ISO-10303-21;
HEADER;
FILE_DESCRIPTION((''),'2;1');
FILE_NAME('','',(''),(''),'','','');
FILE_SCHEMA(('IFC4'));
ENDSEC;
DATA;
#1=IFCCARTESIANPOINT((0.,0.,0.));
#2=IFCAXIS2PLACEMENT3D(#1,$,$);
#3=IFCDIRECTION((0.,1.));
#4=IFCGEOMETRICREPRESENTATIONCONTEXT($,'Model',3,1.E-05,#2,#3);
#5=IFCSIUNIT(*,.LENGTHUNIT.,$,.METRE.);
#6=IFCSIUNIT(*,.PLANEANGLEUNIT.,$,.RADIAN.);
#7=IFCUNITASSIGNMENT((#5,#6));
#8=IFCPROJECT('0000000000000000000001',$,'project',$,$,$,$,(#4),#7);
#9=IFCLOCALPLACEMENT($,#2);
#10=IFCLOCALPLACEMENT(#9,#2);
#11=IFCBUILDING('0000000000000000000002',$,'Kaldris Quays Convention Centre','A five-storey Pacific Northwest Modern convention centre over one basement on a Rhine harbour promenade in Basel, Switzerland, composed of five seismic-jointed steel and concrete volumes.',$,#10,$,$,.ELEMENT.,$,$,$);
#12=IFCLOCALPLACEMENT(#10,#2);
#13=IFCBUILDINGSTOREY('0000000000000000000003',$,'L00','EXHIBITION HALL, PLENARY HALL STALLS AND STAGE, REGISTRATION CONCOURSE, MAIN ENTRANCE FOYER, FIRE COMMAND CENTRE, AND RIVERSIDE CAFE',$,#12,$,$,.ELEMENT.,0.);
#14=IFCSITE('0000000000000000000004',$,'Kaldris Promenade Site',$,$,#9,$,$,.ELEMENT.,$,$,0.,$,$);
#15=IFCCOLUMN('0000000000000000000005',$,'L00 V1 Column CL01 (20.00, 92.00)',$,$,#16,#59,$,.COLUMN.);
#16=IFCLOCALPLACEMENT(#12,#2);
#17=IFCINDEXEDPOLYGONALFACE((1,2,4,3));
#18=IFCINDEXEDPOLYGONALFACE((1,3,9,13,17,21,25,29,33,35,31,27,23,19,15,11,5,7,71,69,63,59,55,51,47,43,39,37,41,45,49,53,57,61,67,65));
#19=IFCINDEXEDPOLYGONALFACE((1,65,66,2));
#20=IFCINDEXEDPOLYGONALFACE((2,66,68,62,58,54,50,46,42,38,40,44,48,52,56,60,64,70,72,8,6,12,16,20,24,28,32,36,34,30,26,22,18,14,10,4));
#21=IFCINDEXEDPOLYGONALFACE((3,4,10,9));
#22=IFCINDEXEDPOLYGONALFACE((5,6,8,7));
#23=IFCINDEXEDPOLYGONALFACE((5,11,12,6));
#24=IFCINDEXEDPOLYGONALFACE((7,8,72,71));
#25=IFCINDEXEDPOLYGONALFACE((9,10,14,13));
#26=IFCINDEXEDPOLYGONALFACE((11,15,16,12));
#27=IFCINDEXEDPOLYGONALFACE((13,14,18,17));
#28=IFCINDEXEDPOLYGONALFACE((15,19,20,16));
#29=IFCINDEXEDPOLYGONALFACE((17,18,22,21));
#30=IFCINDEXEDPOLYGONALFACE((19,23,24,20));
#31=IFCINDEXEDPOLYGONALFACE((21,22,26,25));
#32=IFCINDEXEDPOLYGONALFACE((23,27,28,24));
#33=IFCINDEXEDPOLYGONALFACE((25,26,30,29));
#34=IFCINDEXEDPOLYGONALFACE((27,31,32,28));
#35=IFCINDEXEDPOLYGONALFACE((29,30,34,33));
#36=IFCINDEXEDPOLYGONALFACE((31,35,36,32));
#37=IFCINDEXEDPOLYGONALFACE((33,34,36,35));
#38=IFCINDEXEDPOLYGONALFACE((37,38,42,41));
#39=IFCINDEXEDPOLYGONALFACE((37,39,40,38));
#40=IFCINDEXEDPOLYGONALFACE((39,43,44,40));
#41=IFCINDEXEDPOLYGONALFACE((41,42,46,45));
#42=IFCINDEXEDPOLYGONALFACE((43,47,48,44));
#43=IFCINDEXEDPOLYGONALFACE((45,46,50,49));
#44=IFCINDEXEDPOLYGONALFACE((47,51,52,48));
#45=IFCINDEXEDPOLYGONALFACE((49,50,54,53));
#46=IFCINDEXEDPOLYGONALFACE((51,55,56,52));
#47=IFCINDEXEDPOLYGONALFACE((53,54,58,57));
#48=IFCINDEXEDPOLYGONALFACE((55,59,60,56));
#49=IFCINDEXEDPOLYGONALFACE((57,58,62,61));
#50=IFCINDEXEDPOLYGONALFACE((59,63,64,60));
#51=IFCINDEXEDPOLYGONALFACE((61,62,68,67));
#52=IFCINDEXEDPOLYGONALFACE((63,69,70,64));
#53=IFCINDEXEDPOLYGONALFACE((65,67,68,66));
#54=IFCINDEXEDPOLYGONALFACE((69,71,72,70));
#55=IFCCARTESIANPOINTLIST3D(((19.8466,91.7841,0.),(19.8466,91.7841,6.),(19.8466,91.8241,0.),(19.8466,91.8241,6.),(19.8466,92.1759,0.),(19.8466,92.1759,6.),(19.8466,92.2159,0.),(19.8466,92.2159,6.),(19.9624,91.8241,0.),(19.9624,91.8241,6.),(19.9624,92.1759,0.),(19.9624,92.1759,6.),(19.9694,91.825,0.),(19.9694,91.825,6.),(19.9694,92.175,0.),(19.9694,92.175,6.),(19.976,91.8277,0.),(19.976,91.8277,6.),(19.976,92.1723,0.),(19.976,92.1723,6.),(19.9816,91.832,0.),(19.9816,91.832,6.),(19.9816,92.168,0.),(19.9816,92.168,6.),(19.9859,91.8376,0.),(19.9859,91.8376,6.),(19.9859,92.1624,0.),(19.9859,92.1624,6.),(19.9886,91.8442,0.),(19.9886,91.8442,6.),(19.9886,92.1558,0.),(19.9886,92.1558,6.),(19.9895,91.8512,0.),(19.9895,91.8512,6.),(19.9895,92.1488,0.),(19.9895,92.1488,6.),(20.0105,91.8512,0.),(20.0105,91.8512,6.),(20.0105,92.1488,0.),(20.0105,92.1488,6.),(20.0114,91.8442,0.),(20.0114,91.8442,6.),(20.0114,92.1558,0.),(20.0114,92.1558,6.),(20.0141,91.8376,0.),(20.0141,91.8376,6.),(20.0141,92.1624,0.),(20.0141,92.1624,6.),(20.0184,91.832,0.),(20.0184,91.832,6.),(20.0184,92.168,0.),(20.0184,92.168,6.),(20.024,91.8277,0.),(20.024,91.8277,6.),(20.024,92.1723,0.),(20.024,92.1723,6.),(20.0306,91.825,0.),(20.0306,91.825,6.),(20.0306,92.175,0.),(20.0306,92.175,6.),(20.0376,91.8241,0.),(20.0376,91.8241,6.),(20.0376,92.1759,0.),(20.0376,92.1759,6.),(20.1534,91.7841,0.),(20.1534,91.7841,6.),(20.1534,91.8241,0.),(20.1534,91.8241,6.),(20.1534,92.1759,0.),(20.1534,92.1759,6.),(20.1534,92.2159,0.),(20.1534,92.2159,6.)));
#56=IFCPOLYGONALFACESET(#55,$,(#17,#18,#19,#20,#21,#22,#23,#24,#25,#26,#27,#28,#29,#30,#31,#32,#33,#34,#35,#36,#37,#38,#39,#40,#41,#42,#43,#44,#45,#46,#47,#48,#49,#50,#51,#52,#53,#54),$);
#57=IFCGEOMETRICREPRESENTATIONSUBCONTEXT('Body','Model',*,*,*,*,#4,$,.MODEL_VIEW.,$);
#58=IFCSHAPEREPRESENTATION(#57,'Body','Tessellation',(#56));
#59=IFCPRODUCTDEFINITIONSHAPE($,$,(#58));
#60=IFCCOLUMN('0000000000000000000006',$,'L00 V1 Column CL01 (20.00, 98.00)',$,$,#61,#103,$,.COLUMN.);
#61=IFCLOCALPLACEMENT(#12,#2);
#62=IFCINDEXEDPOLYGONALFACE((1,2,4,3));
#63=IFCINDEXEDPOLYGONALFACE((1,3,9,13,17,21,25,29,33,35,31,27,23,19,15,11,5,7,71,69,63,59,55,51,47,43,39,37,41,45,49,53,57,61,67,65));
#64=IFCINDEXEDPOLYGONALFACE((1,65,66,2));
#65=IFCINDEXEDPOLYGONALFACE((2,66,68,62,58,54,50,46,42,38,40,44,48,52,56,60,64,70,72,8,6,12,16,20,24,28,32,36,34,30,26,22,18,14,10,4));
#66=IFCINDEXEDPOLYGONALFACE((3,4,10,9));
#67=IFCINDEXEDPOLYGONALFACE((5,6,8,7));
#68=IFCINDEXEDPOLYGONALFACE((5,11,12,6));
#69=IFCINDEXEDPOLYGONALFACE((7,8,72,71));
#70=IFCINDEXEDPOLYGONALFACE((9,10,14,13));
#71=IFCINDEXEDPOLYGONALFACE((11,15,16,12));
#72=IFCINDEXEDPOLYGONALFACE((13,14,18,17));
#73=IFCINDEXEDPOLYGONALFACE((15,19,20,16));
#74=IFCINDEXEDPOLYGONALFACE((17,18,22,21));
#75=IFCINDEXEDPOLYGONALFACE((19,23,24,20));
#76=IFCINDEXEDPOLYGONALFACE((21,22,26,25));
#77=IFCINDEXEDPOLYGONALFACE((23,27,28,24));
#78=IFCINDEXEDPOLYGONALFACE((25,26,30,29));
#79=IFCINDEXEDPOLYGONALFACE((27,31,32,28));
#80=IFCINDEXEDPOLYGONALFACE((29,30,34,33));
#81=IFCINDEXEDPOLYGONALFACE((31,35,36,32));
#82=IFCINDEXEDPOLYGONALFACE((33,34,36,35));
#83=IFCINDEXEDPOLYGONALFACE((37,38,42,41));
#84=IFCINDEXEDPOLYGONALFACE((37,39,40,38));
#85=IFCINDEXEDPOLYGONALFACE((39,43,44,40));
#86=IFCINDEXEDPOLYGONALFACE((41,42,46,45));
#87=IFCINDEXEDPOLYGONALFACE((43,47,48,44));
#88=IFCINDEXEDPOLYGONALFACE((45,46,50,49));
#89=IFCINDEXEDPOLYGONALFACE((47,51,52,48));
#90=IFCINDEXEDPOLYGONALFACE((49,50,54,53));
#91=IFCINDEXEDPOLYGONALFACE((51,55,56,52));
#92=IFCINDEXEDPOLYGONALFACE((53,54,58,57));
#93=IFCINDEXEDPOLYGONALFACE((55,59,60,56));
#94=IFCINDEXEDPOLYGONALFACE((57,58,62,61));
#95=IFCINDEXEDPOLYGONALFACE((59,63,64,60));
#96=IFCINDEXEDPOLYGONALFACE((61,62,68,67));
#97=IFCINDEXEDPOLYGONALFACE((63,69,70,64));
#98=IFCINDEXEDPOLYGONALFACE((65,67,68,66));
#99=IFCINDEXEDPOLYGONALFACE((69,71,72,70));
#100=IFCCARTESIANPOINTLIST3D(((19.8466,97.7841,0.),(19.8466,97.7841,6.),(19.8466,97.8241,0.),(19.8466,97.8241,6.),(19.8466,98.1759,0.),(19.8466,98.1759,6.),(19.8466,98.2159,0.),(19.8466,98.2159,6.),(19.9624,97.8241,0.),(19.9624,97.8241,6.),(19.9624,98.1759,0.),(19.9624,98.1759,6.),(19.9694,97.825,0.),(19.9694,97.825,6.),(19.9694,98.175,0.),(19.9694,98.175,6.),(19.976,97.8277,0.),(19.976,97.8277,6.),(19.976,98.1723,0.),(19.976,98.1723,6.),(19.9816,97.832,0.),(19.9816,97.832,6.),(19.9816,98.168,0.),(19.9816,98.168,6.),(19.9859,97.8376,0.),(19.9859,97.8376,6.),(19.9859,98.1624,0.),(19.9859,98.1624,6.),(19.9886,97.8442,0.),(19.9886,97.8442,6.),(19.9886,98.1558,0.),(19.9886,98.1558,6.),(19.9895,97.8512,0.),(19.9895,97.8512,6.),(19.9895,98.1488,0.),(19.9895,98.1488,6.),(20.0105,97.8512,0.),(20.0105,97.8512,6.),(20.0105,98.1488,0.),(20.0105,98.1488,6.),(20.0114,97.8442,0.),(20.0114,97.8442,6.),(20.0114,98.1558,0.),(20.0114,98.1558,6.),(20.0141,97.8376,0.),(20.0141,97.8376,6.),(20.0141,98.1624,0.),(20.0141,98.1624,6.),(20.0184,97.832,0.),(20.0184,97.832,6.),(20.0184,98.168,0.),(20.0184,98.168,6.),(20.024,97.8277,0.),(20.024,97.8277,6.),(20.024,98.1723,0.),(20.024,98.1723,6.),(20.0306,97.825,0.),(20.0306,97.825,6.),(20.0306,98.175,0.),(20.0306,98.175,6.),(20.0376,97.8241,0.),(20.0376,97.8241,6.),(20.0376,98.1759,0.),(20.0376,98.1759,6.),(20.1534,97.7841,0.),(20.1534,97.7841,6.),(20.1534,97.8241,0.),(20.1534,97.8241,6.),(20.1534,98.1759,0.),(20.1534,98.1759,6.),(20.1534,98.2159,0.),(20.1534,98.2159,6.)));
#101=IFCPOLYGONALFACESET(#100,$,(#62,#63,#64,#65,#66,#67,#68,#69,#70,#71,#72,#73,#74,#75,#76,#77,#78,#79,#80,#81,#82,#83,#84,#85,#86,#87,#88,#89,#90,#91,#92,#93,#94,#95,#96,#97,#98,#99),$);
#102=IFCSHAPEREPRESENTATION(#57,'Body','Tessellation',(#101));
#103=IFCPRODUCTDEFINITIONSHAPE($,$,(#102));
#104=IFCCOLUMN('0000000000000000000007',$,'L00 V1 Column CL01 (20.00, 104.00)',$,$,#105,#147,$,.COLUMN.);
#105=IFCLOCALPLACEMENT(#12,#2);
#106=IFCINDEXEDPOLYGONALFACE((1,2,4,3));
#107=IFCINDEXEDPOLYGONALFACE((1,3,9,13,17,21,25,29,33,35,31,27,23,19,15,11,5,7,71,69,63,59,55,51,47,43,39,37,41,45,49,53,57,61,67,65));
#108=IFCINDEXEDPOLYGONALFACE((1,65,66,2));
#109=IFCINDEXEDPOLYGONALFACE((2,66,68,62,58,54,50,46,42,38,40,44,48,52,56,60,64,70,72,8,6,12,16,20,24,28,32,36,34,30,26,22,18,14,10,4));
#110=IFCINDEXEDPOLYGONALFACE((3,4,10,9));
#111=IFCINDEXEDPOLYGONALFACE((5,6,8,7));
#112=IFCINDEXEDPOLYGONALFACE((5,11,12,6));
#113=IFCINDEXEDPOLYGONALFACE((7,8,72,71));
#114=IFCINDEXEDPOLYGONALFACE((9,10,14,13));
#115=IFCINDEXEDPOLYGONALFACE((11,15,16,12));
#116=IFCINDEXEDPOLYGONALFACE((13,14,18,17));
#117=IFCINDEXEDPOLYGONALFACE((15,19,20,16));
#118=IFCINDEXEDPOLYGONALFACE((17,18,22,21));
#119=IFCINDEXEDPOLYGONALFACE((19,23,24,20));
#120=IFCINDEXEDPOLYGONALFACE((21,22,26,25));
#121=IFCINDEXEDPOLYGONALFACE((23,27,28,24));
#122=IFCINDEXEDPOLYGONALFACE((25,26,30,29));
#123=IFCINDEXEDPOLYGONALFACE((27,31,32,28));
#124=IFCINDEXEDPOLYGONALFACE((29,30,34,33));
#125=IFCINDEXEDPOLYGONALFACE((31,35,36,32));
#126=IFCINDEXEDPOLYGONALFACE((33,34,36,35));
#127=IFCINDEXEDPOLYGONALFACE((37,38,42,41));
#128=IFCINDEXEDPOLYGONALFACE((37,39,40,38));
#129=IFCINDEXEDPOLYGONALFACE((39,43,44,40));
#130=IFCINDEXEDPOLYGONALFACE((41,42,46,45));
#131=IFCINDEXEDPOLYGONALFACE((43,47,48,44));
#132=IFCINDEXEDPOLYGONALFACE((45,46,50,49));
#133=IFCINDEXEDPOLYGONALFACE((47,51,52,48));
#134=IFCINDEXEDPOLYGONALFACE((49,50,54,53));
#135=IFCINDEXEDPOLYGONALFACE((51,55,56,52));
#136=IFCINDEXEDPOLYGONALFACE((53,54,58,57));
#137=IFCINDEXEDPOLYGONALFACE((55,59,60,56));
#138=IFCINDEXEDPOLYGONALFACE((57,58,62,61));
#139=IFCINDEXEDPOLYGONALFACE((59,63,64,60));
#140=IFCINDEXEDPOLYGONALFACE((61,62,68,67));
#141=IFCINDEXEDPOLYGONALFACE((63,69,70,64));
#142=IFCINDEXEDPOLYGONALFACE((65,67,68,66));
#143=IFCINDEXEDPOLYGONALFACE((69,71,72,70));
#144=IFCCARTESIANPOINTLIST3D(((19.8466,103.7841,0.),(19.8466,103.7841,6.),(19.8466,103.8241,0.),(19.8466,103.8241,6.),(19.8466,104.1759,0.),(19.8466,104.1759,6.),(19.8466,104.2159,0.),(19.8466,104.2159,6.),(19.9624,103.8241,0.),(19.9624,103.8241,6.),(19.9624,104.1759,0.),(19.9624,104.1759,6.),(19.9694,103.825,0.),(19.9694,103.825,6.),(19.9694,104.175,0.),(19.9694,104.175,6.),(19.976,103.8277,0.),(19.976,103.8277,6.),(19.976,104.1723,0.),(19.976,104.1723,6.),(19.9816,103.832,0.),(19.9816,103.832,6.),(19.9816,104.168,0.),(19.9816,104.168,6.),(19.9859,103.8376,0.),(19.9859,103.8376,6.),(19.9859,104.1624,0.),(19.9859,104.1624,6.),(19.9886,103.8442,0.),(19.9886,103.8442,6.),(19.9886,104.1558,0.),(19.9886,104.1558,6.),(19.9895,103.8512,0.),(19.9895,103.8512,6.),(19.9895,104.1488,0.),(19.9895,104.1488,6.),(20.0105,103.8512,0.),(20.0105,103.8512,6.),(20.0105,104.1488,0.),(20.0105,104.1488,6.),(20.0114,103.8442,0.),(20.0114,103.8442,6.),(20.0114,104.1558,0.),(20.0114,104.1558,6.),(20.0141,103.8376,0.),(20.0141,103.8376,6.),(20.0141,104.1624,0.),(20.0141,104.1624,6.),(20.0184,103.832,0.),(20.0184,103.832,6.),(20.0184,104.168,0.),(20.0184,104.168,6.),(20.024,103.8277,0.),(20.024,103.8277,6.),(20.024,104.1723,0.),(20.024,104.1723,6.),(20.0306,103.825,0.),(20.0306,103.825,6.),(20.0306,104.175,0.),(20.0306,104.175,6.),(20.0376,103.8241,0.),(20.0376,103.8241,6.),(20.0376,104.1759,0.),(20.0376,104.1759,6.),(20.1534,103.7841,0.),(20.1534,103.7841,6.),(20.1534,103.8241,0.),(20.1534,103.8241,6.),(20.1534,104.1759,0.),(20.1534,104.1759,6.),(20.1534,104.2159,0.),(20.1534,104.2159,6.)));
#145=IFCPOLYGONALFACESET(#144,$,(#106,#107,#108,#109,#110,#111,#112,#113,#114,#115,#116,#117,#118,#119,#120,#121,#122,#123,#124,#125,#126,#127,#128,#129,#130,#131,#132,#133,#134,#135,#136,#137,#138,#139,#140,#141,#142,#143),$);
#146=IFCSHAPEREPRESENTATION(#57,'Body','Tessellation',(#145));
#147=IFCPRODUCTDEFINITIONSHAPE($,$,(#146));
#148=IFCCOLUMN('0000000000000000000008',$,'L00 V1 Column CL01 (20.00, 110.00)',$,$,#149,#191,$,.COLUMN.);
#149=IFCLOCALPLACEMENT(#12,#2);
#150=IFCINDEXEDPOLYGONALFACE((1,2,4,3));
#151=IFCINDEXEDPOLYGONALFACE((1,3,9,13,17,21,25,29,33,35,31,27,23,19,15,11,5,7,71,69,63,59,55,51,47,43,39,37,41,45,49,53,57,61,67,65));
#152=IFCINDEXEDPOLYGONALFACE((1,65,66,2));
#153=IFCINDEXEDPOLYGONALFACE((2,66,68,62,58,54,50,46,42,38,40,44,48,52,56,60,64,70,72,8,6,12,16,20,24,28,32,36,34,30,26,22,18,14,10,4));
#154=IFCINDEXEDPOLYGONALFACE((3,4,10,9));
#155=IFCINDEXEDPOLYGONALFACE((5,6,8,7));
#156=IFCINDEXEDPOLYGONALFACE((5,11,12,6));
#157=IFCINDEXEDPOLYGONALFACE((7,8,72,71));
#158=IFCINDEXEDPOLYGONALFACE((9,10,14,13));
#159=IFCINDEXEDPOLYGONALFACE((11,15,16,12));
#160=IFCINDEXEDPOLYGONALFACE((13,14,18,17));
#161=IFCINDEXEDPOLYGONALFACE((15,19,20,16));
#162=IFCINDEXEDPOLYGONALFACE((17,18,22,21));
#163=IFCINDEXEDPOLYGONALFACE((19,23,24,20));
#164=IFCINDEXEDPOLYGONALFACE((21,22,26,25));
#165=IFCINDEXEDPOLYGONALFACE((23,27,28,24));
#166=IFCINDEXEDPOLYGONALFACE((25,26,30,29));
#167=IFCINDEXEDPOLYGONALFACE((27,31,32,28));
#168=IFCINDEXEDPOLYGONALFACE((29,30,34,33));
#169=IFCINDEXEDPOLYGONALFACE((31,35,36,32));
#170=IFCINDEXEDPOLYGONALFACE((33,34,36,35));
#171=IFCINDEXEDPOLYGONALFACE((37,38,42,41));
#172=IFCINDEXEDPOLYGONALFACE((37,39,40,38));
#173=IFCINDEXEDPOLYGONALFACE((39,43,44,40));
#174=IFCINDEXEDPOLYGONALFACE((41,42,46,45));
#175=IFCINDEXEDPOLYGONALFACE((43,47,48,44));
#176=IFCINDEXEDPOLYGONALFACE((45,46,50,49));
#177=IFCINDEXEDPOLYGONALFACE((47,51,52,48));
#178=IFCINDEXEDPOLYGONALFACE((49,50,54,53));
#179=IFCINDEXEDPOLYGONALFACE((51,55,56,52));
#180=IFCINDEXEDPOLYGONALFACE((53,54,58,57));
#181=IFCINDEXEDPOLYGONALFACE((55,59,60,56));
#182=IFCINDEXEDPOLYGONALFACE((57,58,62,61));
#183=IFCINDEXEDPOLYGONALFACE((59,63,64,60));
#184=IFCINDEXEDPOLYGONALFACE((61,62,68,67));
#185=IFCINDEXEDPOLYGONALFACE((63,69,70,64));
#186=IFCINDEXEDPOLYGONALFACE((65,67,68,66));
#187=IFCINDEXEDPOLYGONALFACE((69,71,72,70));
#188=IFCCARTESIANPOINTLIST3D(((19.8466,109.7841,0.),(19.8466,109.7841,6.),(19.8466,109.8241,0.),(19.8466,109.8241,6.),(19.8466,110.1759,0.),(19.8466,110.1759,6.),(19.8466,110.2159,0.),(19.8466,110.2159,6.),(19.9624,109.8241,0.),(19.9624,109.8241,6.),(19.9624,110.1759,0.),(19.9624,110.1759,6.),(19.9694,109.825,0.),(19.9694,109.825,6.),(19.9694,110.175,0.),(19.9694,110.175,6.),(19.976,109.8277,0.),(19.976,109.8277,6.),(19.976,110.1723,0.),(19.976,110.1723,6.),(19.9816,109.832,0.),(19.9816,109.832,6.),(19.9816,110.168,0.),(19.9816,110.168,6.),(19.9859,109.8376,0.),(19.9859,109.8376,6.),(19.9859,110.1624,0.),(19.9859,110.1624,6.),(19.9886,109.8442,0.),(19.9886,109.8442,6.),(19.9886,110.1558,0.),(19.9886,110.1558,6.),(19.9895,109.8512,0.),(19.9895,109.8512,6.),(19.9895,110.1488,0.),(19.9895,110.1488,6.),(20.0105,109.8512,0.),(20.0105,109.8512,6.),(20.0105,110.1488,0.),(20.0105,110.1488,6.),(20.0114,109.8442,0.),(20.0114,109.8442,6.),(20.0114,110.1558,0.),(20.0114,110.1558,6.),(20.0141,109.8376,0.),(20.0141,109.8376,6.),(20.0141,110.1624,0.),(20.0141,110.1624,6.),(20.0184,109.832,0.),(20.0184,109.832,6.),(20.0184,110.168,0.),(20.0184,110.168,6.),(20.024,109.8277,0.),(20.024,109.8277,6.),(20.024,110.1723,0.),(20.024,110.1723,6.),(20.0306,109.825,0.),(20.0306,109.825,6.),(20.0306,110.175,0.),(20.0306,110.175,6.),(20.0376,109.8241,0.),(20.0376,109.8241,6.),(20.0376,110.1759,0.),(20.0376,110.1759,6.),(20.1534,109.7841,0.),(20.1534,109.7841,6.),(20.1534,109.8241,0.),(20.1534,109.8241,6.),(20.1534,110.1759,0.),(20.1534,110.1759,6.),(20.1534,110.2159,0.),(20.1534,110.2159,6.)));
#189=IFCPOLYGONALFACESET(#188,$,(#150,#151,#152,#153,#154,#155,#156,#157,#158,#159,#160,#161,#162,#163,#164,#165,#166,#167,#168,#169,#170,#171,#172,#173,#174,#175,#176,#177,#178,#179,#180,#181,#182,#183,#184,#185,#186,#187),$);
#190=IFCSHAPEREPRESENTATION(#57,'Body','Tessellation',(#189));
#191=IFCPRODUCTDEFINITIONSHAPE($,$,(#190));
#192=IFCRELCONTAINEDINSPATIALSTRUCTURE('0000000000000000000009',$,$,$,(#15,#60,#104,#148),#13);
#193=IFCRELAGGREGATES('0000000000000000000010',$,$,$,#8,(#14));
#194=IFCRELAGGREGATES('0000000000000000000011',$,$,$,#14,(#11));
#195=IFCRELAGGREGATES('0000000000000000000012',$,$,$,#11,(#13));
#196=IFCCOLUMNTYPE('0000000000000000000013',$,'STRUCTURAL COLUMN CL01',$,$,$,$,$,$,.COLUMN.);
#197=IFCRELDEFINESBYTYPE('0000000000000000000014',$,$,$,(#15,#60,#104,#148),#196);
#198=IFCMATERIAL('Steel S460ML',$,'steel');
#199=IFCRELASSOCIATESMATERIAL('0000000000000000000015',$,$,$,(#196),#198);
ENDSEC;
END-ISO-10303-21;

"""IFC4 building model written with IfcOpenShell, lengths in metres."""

from ifc_helpers import new_model, si_unit, direction, frame, origin, origin_2d, place, context, subcontext, project, spatial, i_section, extrude, material, material_profile, profile_set, type_object, element, save


model = new_model("IFC4")

# Units and contexts
model_context = context("Model", 3, precision=1e-05, world=origin(), true_north=direction((0.0, 1.0)))
body_context = subcontext(model_context, "Body", "Model", "MODEL_VIEW")
ifc_project = project(units=[si_unit("LENGTHUNIT", "METRE"), si_unit("PLANEANGLEUNIT", "RADIAN")], contexts=[model_context])

# Site, building, storey
site_placement = place(None, origin())
site = spatial("IfcSite", under=ifc_project, at=site_placement, Name="Kaldris Promenade Site", CompositionType="ELEMENT", RefElevation=0.0)
building_placement = place(site_placement, origin())
building = spatial("IfcBuilding", under=site, at=building_placement, Name="Kaldris Quays Convention Centre", Description="A five-storey Pacific Northwest Modern convention centre over one basement on a Rhine harbour promenade in Basel, Switzerland, composed of five seismic-jointed steel and concrete volumes.", CompositionType="ELEMENT")
storey_placement = place(building_placement, origin())
storey = spatial("IfcBuildingStorey", under=building, at=storey_placement, Name="L00", Description="EXHIBITION HALL, PLENARY HALL STALLS AND STAGE, REGISTRATION CONCOURSE, MAIN ENTRANCE FOYER, FIRE COMMAND CENTRE, AND RIVERSIDE CAFE", CompositionType="ELEMENT", Elevation=0.0)

# Columns
ifc_material_1 = material(Name="Steel S460ML", Category="steel")
ifc_material_profile_1 = material_profile(ifc_material_1, i_section(OverallWidth=0.3069, OverallDepth=0.4319, WebThickness=0.021, FlangeThickness=0.04, FilletRadius=0.0271, at=origin_2d()), Name="HEM 400")
ifc_profile_set_1 = profile_set([ifc_material_profile_1], Name="Steel S460ML")
column_type_1 = type_object("IfcColumnType", Name="STRUCTURAL COLUMN CL01", PredefinedType="COLUMN", material=ifc_profile_set_1)
for number, where, z_axis, x_axis, name in (
    (1, (20.0, 92.0, 0.0), (0.0, 0.0, 1.0), (1.0, 0.0, 0.0), "L00 V1 Column CL01 (20.00, 92.00)"),
    (2, (20.0, 98.0, 0.0), (0.0, 0.0, 1.0), (1.0, 0.0, 0.0), "L00 V1 Column CL01 (20.00, 98.00)"),
    (3, (20.0, 104.0, 0.0), (0.0, 0.0, 1.0), (1.0, 0.0, 0.0), "L00 V1 Column CL01 (20.00, 104.00)"),
    (4, (20.0, 110.0, 0.0), (0.0, 0.0, 1.0), (1.0, 0.0, 0.0), "L00 V1 Column CL01 (20.00, 110.00)"),
):
    element("IfcColumn", number, at=place(storey_placement, frame(where, z_axis=z_axis, x_axis=x_axis)), inside=storey, type_object=column_type_1, Name=name, PredefinedType="COLUMN", context=body_context, shape_type="SweptSolid", body=[
        extrude(i_section(OverallWidth=0.3069, OverallDepth=0.4319, WebThickness=0.021, FlangeThickness=0.04, FilletRadius=0.0271, at=origin_2d()), origin(), (0.0, 0.0, 1.0), 6.0),
    ])

save(model, "model.ifc")
